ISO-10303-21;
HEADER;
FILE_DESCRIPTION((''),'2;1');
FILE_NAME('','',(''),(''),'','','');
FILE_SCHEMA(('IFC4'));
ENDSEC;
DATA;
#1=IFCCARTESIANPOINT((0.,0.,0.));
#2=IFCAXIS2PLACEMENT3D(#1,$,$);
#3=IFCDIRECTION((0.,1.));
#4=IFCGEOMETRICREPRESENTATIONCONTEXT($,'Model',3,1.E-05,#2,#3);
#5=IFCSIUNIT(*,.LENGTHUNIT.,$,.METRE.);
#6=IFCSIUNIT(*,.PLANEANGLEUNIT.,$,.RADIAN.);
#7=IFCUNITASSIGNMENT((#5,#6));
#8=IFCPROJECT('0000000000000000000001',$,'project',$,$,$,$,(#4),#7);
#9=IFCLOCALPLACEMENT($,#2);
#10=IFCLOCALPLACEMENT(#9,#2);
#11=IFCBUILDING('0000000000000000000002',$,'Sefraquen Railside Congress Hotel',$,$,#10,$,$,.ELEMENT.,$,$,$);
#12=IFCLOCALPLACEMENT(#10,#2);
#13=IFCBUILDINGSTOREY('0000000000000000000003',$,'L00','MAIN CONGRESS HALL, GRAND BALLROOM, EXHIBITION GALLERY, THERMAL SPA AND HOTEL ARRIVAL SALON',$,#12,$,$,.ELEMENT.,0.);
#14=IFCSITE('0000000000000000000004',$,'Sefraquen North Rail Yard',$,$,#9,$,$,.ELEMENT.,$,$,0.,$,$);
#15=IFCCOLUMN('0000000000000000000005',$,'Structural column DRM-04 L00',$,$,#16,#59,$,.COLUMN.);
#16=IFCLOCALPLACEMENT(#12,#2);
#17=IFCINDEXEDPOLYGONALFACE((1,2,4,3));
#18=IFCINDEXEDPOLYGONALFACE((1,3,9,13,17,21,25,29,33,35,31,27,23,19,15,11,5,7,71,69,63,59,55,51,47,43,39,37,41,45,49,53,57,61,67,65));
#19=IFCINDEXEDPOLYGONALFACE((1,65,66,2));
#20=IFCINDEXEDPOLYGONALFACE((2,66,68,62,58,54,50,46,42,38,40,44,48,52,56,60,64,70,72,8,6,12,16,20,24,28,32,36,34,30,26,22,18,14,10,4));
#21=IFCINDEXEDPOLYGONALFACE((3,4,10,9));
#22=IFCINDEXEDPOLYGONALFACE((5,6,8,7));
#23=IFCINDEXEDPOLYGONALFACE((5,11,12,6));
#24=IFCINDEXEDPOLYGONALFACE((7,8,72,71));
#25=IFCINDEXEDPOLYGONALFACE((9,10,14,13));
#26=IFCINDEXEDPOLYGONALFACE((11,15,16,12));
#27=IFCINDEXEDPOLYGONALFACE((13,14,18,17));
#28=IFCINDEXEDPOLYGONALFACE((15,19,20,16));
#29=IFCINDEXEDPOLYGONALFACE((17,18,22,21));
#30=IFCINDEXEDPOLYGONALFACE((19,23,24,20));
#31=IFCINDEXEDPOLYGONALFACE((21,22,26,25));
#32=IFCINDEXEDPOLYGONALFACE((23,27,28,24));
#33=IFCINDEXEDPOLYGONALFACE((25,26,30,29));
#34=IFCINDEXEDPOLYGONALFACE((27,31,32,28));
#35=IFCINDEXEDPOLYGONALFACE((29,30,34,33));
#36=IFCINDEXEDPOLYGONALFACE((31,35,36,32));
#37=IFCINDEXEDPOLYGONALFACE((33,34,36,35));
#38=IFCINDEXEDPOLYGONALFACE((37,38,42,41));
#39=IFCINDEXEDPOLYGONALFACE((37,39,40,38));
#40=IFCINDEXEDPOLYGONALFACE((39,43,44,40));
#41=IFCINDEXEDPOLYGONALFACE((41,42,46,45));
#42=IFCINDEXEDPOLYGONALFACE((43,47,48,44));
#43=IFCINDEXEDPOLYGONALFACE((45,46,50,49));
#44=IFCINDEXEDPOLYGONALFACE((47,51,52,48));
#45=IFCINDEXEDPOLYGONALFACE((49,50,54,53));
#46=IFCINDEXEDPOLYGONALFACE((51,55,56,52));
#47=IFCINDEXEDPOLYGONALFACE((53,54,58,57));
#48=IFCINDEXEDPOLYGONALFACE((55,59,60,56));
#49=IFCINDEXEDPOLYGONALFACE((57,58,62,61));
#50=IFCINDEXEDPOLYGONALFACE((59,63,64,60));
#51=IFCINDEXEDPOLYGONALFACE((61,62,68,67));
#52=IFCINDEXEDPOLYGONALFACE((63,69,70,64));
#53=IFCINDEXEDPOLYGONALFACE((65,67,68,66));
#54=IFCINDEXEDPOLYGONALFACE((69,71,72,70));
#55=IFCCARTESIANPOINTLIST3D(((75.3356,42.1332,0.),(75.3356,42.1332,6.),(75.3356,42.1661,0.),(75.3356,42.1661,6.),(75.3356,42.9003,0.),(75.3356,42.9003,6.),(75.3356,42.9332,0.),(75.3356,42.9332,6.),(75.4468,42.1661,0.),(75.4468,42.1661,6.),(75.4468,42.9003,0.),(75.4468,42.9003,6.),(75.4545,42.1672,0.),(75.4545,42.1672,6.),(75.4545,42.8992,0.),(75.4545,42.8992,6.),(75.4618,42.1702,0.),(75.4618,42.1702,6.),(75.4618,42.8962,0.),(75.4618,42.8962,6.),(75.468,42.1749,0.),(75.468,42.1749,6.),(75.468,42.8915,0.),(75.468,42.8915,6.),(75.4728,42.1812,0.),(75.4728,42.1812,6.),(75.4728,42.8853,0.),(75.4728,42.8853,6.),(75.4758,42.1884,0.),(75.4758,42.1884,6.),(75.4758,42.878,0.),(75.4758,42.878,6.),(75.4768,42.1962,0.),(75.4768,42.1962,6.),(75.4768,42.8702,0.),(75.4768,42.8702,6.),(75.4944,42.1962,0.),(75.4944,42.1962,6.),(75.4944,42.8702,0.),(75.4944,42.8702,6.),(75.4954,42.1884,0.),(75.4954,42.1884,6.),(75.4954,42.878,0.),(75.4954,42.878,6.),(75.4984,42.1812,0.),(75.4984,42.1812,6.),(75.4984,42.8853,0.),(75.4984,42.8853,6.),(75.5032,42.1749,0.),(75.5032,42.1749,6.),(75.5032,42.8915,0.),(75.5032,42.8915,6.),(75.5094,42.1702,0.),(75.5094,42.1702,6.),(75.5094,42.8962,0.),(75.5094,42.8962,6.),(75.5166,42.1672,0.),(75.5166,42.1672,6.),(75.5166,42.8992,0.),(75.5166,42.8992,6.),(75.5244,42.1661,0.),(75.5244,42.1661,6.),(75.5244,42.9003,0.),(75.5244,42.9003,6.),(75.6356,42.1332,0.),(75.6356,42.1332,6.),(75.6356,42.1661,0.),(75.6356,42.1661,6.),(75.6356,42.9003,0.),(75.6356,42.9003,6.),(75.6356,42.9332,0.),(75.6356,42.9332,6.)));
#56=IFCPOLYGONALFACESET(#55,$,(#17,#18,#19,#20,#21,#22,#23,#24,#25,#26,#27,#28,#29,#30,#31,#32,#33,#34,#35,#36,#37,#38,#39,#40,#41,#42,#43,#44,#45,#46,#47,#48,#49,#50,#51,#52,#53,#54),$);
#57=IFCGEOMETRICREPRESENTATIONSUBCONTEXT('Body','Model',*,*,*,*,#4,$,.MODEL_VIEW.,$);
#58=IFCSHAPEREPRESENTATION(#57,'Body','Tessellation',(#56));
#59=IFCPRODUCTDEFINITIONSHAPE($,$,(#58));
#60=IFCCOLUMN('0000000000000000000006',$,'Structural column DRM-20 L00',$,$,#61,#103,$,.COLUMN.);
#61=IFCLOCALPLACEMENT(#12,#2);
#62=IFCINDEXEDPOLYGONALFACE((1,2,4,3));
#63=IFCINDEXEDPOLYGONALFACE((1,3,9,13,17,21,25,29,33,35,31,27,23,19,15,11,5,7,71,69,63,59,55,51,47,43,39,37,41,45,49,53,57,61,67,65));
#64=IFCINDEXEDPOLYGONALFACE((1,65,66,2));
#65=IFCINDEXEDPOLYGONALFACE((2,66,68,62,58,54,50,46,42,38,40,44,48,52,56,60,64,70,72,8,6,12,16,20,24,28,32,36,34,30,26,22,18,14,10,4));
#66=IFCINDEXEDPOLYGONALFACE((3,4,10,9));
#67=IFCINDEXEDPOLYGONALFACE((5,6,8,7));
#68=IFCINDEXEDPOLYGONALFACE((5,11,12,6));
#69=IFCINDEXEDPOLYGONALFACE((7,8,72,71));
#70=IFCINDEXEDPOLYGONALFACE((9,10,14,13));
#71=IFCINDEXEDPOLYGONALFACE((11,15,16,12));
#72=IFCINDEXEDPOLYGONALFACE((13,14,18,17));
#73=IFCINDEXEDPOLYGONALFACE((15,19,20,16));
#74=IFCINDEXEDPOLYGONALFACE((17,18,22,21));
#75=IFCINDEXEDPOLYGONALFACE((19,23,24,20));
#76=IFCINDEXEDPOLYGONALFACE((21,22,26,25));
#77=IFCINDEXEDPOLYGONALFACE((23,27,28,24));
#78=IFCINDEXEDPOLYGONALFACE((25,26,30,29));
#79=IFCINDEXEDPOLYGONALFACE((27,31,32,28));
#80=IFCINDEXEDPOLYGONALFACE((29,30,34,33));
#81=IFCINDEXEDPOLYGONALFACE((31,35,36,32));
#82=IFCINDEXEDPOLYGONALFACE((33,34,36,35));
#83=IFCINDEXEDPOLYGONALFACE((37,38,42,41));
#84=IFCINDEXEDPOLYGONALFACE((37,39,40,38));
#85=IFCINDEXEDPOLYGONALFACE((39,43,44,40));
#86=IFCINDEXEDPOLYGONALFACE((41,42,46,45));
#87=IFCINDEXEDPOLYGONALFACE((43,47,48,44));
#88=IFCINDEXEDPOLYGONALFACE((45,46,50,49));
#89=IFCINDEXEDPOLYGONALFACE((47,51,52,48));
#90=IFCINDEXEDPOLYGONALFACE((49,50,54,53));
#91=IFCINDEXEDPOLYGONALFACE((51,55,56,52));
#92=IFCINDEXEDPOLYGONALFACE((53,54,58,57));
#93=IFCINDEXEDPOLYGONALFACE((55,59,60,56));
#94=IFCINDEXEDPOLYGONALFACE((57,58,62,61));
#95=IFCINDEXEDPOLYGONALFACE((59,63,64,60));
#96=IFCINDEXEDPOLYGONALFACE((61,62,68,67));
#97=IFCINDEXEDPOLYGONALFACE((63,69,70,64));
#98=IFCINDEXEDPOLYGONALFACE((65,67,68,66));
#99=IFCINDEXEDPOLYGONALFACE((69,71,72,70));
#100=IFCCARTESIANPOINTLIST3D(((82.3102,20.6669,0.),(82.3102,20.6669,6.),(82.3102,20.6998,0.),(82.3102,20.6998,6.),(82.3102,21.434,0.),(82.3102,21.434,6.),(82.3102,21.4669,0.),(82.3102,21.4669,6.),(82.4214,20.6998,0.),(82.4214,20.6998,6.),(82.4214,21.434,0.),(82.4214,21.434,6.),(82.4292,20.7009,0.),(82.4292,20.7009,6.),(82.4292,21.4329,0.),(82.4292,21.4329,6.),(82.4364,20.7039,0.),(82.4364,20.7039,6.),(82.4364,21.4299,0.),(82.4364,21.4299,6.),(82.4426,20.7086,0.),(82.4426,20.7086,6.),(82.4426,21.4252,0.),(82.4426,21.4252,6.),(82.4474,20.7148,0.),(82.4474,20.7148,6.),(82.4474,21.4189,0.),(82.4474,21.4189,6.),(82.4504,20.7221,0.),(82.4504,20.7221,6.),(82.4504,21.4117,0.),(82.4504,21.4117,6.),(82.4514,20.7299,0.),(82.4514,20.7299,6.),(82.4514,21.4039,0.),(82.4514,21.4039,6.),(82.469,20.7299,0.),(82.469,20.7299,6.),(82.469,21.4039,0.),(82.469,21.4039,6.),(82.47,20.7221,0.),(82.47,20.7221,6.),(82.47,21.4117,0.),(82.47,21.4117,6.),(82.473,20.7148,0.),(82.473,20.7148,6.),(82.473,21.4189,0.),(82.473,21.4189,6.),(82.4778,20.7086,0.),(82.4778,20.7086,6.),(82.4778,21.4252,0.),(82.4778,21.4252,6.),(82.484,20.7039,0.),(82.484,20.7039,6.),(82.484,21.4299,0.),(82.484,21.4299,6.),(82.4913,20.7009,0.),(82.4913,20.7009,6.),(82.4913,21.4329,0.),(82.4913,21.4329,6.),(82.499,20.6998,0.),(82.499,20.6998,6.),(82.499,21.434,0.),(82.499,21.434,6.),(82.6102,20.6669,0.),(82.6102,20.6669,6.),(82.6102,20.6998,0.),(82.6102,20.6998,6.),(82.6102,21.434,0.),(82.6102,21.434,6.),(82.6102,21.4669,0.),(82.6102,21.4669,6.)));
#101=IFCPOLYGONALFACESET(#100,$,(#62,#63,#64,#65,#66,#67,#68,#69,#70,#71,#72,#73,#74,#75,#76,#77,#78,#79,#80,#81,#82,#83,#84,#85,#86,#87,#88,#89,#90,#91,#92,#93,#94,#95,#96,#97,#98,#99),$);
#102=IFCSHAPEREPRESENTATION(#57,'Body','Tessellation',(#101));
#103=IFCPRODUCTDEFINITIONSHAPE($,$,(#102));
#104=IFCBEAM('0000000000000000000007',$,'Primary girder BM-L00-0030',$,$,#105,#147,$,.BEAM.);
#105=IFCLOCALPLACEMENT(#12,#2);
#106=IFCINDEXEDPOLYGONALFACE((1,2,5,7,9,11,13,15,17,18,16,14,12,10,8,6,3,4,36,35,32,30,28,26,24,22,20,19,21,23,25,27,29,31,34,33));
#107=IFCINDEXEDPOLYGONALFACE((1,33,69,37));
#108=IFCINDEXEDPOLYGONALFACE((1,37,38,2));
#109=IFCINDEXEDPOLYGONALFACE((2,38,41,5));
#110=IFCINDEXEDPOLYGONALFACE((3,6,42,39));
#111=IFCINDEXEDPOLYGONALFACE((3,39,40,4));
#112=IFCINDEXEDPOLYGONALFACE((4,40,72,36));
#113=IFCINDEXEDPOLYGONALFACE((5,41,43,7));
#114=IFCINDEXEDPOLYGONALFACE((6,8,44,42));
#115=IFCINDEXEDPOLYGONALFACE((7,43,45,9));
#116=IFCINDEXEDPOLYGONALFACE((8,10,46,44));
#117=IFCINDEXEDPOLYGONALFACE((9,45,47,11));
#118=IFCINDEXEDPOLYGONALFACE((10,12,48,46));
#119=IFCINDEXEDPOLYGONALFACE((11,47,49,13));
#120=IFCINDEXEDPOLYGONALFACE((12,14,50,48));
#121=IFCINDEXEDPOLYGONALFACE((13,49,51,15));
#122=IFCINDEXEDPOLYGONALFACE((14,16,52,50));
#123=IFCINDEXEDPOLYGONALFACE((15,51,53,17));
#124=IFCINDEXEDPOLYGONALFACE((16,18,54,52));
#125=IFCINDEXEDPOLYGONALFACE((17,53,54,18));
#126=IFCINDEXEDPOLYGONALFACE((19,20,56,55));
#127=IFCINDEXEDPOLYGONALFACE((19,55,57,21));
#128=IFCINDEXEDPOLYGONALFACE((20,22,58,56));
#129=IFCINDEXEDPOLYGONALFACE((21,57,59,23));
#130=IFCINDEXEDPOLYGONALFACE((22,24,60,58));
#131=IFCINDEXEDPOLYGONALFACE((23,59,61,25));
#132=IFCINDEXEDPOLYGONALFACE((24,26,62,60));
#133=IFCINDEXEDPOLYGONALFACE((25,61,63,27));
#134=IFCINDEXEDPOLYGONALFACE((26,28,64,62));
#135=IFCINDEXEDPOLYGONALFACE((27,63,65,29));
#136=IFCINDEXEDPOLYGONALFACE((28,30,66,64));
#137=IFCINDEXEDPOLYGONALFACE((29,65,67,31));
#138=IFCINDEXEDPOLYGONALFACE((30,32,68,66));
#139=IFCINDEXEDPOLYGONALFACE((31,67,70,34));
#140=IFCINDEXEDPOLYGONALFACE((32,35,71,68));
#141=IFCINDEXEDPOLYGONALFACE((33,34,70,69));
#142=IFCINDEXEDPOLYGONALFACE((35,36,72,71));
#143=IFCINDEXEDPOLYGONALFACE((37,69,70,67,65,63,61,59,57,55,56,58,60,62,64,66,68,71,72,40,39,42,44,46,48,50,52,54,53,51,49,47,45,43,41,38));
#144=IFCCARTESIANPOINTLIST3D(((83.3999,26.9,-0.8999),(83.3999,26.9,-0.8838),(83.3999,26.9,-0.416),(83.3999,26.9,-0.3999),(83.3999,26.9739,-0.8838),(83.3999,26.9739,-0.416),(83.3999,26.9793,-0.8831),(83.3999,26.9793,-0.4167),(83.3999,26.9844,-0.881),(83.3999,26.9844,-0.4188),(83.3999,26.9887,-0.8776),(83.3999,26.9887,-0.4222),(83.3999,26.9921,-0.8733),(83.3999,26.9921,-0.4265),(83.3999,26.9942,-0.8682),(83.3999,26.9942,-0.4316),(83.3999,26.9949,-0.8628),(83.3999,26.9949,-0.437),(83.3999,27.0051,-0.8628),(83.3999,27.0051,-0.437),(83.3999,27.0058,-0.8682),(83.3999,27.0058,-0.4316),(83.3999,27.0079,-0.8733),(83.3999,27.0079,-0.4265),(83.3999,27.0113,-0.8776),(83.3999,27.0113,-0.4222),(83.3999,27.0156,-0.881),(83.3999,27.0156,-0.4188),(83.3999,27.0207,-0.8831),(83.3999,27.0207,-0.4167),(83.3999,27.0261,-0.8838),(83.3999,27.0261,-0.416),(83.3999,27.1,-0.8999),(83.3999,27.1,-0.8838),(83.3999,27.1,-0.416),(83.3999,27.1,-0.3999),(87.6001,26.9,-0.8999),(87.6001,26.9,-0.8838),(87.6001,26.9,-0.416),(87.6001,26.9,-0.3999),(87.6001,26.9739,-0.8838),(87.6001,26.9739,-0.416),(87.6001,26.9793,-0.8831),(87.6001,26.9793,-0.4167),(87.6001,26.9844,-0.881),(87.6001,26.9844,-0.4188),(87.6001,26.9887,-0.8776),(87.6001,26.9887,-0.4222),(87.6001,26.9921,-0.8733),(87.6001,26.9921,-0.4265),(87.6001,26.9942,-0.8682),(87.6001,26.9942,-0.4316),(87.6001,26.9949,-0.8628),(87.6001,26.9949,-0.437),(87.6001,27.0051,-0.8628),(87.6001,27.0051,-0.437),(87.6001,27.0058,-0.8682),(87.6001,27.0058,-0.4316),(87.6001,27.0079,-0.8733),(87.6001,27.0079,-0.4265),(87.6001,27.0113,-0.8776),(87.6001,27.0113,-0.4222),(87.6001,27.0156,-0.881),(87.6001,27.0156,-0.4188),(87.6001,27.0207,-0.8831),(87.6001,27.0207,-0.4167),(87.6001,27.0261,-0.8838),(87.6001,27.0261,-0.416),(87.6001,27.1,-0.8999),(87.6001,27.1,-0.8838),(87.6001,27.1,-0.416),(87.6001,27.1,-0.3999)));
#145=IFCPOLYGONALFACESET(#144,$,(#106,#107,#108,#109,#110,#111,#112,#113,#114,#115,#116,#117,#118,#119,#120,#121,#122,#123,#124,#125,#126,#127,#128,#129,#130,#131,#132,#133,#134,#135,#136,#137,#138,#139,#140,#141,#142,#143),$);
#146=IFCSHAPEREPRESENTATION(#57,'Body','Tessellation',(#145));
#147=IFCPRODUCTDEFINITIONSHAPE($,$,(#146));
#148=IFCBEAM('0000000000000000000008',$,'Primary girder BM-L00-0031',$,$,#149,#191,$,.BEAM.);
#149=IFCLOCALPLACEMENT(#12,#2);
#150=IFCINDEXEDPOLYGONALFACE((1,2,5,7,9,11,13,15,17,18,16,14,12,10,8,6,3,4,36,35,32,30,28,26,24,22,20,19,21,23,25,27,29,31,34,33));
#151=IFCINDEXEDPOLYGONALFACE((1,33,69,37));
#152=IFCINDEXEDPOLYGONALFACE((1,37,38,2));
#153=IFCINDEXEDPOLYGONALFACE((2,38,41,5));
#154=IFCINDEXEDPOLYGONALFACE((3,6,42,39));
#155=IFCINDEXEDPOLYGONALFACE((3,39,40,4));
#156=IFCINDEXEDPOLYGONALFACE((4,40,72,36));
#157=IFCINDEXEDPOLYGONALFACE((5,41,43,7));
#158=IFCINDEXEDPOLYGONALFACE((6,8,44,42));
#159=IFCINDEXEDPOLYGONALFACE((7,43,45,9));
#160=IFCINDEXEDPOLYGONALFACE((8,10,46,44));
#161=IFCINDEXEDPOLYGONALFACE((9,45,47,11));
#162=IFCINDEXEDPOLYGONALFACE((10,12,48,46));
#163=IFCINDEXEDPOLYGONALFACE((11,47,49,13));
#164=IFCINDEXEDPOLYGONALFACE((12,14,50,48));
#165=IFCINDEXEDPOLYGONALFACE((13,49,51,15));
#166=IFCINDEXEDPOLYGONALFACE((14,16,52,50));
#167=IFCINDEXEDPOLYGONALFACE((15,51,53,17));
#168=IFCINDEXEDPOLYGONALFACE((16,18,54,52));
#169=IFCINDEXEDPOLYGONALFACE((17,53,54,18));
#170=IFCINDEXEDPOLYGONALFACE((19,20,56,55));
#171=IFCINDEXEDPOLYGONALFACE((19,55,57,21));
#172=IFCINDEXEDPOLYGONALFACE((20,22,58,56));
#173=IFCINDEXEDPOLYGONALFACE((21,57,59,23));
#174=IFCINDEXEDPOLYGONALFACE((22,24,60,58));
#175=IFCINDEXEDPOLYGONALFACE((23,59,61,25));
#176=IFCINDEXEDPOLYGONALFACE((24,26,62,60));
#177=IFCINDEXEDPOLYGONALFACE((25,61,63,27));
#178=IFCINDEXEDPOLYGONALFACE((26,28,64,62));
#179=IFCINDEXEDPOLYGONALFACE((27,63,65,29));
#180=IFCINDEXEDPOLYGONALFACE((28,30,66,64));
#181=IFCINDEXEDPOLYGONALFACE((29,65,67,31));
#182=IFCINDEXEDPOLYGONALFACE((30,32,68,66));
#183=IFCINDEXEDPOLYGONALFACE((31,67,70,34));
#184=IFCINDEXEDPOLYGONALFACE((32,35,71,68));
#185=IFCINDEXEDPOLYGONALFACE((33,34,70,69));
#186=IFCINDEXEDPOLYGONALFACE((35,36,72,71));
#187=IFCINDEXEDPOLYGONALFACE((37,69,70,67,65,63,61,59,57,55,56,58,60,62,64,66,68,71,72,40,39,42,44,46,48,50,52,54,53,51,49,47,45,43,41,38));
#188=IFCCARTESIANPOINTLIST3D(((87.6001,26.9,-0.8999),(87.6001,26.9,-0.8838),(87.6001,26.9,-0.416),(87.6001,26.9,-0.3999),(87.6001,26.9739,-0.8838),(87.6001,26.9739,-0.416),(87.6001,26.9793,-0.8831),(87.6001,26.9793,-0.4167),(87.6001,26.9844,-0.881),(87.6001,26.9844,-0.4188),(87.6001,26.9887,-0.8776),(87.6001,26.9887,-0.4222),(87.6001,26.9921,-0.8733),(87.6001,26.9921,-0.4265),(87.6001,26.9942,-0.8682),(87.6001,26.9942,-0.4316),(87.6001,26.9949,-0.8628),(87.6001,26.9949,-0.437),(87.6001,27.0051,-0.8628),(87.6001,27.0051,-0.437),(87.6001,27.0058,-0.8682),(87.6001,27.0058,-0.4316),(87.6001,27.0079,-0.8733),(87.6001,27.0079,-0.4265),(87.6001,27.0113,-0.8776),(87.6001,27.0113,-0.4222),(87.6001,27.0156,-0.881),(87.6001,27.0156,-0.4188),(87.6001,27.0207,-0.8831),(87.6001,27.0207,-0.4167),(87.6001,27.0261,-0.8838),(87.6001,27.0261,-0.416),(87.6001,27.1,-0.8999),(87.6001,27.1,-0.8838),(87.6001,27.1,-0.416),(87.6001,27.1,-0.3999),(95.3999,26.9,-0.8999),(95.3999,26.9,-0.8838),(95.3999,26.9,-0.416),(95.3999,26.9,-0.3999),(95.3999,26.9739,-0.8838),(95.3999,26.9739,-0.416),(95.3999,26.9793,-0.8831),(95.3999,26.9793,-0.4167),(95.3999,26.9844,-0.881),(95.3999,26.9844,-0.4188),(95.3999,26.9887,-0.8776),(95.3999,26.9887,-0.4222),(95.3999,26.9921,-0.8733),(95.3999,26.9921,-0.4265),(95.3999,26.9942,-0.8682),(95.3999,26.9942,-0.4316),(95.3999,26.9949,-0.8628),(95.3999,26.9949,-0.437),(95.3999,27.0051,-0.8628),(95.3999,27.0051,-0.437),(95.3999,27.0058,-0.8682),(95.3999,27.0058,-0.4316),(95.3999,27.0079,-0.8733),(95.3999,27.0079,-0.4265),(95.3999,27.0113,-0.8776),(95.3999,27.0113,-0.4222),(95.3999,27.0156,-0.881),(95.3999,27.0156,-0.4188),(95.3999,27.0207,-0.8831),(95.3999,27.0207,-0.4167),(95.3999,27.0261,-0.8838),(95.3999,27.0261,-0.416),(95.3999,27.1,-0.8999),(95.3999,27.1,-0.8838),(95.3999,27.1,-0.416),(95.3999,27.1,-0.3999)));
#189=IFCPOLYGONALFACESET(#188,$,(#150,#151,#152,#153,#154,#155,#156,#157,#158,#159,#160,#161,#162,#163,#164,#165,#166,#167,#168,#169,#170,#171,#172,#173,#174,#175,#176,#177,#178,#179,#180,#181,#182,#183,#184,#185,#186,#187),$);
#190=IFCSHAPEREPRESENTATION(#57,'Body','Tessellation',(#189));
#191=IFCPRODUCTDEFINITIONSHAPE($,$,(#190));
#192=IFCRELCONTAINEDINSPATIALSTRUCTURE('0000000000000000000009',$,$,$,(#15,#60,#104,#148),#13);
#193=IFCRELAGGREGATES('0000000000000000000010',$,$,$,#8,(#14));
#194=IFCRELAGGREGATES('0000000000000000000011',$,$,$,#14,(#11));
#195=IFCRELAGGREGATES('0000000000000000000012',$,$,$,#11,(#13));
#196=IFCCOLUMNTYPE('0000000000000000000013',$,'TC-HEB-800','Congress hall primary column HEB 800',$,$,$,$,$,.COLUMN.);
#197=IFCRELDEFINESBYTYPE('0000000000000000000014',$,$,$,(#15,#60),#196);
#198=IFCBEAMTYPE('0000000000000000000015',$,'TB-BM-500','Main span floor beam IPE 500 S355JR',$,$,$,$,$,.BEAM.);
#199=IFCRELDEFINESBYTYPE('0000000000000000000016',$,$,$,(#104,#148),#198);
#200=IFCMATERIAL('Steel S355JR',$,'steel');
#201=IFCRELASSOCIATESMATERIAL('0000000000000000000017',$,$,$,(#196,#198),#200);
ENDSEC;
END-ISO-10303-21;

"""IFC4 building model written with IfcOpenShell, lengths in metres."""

from ifc_helpers import new_model, si_unit, direction, frame, origin, origin_2d, place, context, subcontext, project, spatial, i_section, extrude, material, material_profile, profile_set, type_object, element, save


model = new_model("IFC4")

# Units and contexts
model_context = context("Model", 3, precision=1e-05, world=origin(), true_north=direction((0.0, 1.0)))
body_context = subcontext(model_context, "Body", "Model", "MODEL_VIEW")
ifc_project = project(units=[si_unit("LENGTHUNIT", "METRE"), si_unit("PLANEANGLEUNIT", "RADIAN")], contexts=[model_context])

# Site, building, storey
site_placement = place(None, origin())
site = spatial("IfcSite", under=ifc_project, at=site_placement, Name="Sefraquen North Rail Yard", CompositionType="ELEMENT", RefElevation=0.0)
building_placement = place(site_placement, origin())
building = spatial("IfcBuilding", under=site, at=building_placement, Name="Sefraquen Railside Congress Hotel", CompositionType="ELEMENT")
storey_placement = place(building_placement, origin())
storey = spatial("IfcBuildingStorey", under=building, at=storey_placement, Name="L00", Description="MAIN CONGRESS HALL, GRAND BALLROOM, EXHIBITION GALLERY, THERMAL SPA AND HOTEL ARRIVAL SALON", CompositionType="ELEMENT", Elevation=0.0)

# Columns
ifc_material_1 = material(Name="Steel S355JR", Category="steel")
ifc_material_profile_1 = material_profile(ifc_material_1, i_section(OverallWidth=0.3, OverallDepth=0.8, WebThickness=0.0176, FlangeThickness=0.033, FilletRadius=0.03, at=origin_2d()), Name="HEB 800")
ifc_profile_set_1 = profile_set([ifc_material_profile_1], Name="Steel S355JR")
column_type = type_object("IfcColumnType", Name="TC-HEB-800", Description="Congress hall primary column HEB 800", PredefinedType="COLUMN", material=ifc_profile_set_1)
for number, where, z_axis, x_axis, name in (
    (1, (75.4856, 42.5332, 0.0), (0.0, 0.0, 1.0), (1.0, 0.0, 0.0), "Structural column DRM-04 L00"),
    (2, (82.4602, 21.0669, 0.0), (0.0, 0.0, 1.0), (1.0, 0.0, 0.0), "Structural column DRM-20 L00"),
):
    element("IfcColumn", number, at=place(storey_placement, frame(where, z_axis=z_axis, x_axis=x_axis)), inside=storey, type_object=column_type, Name=name, PredefinedType="COLUMN", context=body_context, shape_type="SweptSolid", body=[
        extrude(i_section(OverallWidth=0.3, OverallDepth=0.8, WebThickness=0.0176, FlangeThickness=0.033, FilletRadius=0.03, at=origin_2d()), origin(), (0.0, 0.0, 1.0), 6.0),
    ])

# Beams
ifc_material_profile_2 = material_profile(ifc_material_1, i_section(OverallWidth=0.2, OverallDepth=0.5, WebThickness=0.0103, FlangeThickness=0.0161, FilletRadius=0.021, at=origin_2d()), Name="IPE 500")
ifc_profile_set_2 = profile_set([ifc_material_profile_2], Name="Steel S355JR")
beam_type_1 = type_object("IfcBeamType", Name="TB-BM-500", Description="Main span floor beam IPE 500 S355JR", PredefinedType="BEAM", material=ifc_profile_set_2)
beam_1_placement = place(storey_placement, frame((83.3999, 27.0, -0.6499), z_axis=(1.0, 0.0, 0.0), x_axis=(0.0, 1.0, 0.0)))
element("IfcBeam", 3, at=beam_1_placement, inside=storey, type_object=beam_type_1, Name="Primary girder BM-L00-0030", PredefinedType="BEAM", context=body_context, shape_type="SweptSolid", body=[
    extrude(i_section(OverallWidth=0.2, OverallDepth=0.5, WebThickness=0.0103, FlangeThickness=0.0161, FilletRadius=0.021, at=origin_2d()), origin(), (0.0, 0.0, 1.0), 4.2002),
])
beam_2_placement = place(storey_placement, frame((87.6001, 27.0, -0.6499), z_axis=(1.0, 0.0, 0.0), x_axis=(0.0, 1.0, 0.0)))
element("IfcBeam", 4, at=beam_2_placement, inside=storey, type_object=beam_type_1, Name="Primary girder BM-L00-0031", PredefinedType="BEAM", context=body_context, shape_type="SweptSolid", body=[
    extrude(i_section(OverallWidth=0.2, OverallDepth=0.5, WebThickness=0.0103, FlangeThickness=0.0161, FilletRadius=0.021, at=origin_2d()), origin(), (0.0, 0.0, 1.0), 7.7998),
])

save(model, "model.ifc")
